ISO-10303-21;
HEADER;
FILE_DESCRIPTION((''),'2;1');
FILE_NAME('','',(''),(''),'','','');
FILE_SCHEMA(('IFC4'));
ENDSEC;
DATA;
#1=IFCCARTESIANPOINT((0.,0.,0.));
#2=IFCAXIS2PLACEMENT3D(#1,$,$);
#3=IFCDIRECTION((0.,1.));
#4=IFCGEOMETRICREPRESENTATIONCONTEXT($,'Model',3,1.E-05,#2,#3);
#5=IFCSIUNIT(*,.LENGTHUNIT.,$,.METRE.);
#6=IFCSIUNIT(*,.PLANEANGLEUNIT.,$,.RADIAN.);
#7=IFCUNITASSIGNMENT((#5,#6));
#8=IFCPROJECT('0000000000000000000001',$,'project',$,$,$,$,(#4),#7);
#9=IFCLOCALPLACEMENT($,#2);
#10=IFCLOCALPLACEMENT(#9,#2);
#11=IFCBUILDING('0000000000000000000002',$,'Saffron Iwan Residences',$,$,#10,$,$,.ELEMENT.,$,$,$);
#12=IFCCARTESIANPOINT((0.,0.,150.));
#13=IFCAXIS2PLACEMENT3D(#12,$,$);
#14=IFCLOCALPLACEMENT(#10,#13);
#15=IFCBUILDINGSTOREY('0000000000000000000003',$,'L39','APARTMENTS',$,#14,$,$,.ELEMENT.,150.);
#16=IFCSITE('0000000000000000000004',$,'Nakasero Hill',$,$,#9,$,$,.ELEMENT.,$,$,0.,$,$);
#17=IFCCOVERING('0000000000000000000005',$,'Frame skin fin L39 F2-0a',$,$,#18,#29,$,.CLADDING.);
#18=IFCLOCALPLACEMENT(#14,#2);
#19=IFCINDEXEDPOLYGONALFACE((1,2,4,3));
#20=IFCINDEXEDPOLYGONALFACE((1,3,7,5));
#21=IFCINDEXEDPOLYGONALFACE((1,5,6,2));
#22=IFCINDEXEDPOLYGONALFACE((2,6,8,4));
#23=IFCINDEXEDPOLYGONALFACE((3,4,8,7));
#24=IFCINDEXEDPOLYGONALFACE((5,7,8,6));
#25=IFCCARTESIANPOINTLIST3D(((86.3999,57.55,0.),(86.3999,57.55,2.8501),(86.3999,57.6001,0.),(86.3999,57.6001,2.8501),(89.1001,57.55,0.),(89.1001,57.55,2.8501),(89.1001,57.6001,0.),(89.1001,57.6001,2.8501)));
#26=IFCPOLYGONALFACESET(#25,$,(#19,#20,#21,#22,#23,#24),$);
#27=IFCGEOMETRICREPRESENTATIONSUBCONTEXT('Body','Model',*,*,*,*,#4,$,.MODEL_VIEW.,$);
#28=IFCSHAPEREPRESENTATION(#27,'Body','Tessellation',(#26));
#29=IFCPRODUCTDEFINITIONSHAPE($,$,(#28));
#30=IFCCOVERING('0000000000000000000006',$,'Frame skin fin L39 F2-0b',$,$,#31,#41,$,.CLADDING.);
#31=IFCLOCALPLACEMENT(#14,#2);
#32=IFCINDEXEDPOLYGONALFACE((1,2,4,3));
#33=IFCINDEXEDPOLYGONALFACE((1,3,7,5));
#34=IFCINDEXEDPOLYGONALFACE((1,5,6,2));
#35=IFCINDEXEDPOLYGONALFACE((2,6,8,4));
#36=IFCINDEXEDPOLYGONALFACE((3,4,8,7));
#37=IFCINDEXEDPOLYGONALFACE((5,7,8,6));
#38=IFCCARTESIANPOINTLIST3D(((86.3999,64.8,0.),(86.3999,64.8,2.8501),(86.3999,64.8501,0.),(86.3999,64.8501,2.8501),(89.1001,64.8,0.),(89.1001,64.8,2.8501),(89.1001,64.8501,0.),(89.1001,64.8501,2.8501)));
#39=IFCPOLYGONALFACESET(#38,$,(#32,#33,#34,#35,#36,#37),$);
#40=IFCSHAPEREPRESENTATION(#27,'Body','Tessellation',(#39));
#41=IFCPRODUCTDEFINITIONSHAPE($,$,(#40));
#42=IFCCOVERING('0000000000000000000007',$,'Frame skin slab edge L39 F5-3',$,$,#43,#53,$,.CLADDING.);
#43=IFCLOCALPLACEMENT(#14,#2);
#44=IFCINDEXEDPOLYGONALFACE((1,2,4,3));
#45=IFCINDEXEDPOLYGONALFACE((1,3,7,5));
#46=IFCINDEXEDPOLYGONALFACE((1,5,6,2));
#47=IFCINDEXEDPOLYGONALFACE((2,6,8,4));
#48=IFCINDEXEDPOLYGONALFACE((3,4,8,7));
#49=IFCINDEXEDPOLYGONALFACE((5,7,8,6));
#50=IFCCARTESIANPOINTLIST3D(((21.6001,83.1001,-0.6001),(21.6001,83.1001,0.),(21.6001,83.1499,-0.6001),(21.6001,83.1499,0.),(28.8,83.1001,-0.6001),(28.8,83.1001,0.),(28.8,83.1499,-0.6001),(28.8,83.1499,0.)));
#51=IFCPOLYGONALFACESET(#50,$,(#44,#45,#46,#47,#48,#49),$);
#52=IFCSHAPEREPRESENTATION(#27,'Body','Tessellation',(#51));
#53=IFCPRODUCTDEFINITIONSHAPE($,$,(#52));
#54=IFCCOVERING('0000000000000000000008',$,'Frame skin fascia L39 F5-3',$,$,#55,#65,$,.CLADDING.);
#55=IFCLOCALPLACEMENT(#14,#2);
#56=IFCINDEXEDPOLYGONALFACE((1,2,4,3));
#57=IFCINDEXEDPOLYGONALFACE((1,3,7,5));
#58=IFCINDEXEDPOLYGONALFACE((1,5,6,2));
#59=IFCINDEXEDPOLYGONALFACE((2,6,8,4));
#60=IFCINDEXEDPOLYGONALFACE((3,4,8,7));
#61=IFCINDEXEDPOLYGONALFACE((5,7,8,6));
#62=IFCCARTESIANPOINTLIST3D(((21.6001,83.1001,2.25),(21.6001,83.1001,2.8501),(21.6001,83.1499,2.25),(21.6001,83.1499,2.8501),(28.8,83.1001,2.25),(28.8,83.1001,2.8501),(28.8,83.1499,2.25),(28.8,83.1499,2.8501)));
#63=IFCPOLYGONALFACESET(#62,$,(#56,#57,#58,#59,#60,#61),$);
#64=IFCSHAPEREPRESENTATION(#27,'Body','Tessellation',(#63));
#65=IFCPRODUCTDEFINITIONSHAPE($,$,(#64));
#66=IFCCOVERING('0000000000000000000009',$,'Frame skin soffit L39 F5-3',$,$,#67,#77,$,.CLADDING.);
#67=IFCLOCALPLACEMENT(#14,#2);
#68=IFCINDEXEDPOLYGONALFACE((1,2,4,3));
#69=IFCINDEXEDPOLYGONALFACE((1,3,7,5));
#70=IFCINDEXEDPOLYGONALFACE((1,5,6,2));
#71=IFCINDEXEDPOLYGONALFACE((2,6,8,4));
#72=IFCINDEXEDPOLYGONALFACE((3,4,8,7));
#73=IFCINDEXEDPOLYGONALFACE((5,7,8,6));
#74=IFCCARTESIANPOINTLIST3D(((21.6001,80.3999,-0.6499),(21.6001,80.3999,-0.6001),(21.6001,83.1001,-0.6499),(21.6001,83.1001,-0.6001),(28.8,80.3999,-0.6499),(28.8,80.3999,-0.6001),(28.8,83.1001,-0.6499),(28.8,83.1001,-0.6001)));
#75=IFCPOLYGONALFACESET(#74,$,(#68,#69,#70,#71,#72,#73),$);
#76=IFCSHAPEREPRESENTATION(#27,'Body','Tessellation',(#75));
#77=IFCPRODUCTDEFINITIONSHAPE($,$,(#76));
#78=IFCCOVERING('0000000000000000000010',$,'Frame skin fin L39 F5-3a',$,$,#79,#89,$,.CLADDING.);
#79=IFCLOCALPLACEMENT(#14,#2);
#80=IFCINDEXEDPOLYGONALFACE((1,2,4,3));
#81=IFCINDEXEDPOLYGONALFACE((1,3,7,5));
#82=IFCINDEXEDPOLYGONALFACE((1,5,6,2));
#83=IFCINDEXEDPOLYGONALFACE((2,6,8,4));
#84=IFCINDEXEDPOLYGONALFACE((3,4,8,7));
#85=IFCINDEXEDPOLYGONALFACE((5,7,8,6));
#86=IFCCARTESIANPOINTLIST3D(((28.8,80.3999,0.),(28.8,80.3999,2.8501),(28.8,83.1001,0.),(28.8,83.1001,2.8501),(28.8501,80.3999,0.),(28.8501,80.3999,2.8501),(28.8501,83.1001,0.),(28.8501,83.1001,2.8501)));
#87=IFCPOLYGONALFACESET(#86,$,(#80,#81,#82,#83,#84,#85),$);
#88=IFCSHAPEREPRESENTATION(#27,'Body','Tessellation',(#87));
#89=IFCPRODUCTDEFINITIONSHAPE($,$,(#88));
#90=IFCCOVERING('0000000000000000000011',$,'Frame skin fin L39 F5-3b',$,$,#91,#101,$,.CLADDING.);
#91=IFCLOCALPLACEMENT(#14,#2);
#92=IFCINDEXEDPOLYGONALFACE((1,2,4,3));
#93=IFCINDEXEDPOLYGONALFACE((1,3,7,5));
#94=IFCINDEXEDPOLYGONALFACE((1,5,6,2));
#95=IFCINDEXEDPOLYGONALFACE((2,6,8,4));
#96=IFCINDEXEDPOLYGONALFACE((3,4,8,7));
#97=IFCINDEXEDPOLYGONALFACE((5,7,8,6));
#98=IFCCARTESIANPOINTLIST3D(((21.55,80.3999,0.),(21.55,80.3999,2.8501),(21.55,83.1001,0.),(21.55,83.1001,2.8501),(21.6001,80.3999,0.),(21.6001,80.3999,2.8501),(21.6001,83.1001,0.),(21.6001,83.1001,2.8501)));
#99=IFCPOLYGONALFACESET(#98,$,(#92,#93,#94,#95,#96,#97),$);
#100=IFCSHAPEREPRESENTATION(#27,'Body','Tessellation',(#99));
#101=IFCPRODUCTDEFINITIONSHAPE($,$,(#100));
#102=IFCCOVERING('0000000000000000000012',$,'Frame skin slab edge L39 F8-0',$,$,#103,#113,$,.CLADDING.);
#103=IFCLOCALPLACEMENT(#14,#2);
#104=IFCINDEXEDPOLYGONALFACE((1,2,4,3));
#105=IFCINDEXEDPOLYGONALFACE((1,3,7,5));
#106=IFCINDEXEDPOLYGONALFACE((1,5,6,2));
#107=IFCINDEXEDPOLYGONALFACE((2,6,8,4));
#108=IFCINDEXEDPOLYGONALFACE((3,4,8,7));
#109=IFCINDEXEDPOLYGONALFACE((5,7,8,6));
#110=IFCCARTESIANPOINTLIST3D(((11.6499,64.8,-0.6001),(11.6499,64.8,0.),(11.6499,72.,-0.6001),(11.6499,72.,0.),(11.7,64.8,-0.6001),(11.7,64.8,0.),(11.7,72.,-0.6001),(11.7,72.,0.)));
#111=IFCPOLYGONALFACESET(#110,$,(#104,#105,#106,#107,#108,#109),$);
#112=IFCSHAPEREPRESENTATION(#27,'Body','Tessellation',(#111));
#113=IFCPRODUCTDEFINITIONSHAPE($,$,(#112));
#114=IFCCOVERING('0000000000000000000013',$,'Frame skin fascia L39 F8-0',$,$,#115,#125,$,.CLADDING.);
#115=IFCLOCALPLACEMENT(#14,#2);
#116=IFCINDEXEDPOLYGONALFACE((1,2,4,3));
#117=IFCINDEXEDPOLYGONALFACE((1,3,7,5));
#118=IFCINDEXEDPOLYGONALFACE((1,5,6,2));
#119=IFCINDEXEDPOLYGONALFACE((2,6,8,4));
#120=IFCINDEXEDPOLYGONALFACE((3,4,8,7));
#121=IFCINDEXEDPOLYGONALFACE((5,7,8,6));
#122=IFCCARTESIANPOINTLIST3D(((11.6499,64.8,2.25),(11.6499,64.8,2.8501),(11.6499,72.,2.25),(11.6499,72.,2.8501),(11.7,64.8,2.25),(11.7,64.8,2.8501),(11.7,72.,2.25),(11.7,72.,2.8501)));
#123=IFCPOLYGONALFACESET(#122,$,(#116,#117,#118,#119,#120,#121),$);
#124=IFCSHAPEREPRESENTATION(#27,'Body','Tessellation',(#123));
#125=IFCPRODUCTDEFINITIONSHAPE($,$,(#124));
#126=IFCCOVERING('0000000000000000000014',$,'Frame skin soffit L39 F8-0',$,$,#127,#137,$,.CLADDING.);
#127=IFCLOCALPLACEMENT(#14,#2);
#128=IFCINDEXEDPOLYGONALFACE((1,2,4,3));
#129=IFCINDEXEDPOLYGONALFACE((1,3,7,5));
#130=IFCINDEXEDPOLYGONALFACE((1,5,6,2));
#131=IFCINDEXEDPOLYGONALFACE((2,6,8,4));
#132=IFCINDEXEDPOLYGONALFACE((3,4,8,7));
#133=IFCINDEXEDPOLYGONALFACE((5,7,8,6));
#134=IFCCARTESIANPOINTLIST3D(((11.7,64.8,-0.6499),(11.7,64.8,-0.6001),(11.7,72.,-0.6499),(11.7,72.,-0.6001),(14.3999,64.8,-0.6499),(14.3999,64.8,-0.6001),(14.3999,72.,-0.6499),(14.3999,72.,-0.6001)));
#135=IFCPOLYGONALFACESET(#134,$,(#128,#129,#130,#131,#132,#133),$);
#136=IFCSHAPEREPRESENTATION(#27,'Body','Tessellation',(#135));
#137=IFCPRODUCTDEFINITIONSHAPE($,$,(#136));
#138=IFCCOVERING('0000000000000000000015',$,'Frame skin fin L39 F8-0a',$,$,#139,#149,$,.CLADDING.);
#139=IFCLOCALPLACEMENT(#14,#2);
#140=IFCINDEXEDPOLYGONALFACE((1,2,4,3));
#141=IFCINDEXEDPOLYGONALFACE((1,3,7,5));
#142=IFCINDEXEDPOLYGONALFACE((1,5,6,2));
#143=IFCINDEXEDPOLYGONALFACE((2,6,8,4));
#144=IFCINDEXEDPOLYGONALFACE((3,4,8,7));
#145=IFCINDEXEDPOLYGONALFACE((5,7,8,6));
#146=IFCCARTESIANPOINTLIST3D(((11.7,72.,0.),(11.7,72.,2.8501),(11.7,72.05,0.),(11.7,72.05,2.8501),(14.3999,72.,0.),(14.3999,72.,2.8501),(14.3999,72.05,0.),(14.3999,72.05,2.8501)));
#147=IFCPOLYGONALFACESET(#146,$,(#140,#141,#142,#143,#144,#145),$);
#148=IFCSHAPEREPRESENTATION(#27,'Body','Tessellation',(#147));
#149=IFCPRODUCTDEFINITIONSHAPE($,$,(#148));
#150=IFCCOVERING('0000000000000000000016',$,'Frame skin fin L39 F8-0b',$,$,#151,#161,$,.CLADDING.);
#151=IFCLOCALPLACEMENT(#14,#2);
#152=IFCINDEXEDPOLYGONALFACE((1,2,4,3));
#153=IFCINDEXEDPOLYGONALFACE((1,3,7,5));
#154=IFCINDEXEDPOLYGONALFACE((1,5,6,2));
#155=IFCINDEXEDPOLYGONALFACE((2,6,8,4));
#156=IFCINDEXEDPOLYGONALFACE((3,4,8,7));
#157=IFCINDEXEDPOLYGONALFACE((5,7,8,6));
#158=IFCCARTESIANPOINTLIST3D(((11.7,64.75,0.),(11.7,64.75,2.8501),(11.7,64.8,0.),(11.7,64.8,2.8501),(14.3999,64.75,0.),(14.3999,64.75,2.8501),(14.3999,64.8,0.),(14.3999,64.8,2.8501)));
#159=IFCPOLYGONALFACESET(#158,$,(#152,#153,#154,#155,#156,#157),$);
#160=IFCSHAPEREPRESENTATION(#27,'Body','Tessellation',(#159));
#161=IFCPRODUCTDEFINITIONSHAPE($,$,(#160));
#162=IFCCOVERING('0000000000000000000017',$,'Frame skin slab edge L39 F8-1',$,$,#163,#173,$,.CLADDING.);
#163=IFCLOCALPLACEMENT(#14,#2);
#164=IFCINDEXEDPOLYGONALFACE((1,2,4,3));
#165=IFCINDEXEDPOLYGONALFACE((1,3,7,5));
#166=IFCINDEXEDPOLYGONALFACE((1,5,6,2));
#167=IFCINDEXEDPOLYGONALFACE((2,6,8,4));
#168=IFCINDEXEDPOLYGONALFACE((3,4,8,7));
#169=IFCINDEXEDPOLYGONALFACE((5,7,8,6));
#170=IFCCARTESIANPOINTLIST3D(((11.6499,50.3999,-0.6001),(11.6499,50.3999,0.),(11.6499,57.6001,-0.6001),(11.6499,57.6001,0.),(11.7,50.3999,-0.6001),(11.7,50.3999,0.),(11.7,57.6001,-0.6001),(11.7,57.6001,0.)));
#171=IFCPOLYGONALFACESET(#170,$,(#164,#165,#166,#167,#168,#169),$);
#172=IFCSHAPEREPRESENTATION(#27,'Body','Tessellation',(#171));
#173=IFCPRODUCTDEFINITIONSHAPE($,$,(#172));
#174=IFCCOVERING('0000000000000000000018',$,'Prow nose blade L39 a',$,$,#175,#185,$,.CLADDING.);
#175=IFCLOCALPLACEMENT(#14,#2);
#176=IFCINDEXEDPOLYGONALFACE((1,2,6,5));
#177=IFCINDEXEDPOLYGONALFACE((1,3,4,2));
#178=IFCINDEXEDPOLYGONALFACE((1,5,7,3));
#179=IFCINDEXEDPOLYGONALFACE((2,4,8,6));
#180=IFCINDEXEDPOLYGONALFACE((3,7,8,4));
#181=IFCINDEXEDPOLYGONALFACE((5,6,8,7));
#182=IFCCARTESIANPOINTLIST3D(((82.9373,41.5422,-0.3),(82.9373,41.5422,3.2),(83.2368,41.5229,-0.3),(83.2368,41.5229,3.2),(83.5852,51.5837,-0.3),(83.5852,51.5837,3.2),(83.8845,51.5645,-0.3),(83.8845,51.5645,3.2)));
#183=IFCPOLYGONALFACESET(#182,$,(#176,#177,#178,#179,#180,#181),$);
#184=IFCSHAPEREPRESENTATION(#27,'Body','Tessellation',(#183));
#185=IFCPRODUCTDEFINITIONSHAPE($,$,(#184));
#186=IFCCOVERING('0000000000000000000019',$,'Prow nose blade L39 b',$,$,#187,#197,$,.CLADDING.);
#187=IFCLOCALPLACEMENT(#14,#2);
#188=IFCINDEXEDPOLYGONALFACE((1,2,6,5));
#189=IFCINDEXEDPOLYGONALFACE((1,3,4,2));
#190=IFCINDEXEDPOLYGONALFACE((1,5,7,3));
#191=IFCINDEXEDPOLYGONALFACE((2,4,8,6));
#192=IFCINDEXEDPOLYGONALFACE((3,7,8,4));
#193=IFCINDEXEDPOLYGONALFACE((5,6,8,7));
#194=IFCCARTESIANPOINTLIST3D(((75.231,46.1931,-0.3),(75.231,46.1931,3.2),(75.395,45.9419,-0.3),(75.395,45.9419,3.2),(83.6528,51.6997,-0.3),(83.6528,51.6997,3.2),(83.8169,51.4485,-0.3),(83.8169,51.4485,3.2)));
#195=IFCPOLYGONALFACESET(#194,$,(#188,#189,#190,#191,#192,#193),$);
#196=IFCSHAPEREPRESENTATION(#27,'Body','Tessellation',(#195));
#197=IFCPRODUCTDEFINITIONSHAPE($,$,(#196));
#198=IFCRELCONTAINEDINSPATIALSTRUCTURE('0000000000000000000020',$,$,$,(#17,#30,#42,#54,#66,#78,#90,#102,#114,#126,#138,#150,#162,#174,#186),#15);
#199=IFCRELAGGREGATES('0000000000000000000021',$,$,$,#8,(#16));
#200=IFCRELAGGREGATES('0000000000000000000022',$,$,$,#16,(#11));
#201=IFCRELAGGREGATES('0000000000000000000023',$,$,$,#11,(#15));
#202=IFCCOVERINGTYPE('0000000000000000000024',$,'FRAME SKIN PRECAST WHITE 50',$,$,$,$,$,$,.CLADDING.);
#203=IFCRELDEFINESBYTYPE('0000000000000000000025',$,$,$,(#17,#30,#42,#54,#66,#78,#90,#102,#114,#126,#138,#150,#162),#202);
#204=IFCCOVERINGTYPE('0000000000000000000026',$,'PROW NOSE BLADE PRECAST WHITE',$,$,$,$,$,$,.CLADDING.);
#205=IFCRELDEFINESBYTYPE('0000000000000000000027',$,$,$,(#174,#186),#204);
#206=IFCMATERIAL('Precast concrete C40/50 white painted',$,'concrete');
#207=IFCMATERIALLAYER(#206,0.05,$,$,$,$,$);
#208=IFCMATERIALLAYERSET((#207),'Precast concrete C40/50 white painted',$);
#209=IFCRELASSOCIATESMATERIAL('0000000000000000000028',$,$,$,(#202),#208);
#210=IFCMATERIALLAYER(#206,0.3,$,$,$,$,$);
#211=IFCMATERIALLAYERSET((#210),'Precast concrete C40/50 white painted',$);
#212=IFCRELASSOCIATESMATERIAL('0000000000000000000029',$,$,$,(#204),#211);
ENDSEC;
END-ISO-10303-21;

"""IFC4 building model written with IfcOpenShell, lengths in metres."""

from ifc_helpers import new_model, si_unit, direction, frame, origin, place, context, subcontext, project, spatial, polyline, outline, extrude, material, layer, layer_set, type_object, element, save


model = new_model("IFC4")

# Units and contexts
model_context = context("Model", 3, precision=1e-05, world=origin(), true_north=direction((0.0, 1.0)))
body_context = subcontext(model_context, "Body", "Model", "MODEL_VIEW")
ifc_project = project(units=[si_unit("LENGTHUNIT", "METRE"), si_unit("PLANEANGLEUNIT", "RADIAN")], contexts=[model_context])

# Site, building, storey
site_placement = place(None, origin())
site = spatial("IfcSite", under=ifc_project, at=site_placement, Name="Nakasero Hill", CompositionType="ELEMENT", RefElevation=0.0)
building_placement = place(site_placement, origin())
building = spatial("IfcBuilding", under=site, at=building_placement, Name="Saffron Iwan Residences", CompositionType="ELEMENT")
storey_placement = place(building_placement, frame((0.0, 0.0, 150.0)))
storey = spatial("IfcBuildingStorey", under=building, at=storey_placement, Name="L39", Description="APARTMENTS", CompositionType="ELEMENT", Elevation=150.0)

# Coverings
ifc_material_1 = material(Name="Precast concrete C40/50 white painted", Category="concrete")
ifc_layer_1 = layer(ifc_material_1, 0.05)
ifc_layer_set_1 = layer_set([ifc_layer_1], Name="Precast concrete C40/50 white painted")
covering_type_1 = type_object("IfcCoveringType", Name="FRAME SKIN PRECAST WHITE 50", PredefinedType="CLADDING", material=ifc_layer_set_1)
covering_1_placement = place(storey_placement, origin())
element("IfcCovering", 1, at=covering_1_placement, inside=storey, type_object=covering_type_1, Name="Frame skin fin L39 F2-0a", PredefinedType="CLADDING", context=body_context, shape_type="SweptSolid", body=[
    extrude(outline(polyline([(89.1001, 57.55), (89.1001, 57.6001), (86.3999, 57.6001), (86.3999, 57.55), (89.1001, 57.55)])), origin(), (0.0, 0.0, 1.0), 2.8501),
])
covering_2_placement = place(storey_placement, origin())
element("IfcCovering", 2, at=covering_2_placement, inside=storey, type_object=covering_type_1, Name="Frame skin fin L39 F2-0b", PredefinedType="CLADDING", context=body_context, shape_type="SweptSolid", body=[
    extrude(outline(polyline([(89.1001, 64.8), (89.1001, 64.8501), (86.3999, 64.8501), (86.3999, 64.8), (89.1001, 64.8)])), origin(), (0.0, 0.0, 1.0), 2.8501),
])
for number, where, name in (
    (3, (0.0, 0.0, -0.6001), "Frame skin slab edge L39 F5-3"),
    (4, (0.0, 0.0, 2.25), "Frame skin fascia L39 F5-3"),
):
    element("IfcCovering", number, at=place(storey_placement, frame(where)), inside=storey, type_object=covering_type_1, Name=name, PredefinedType="CLADDING", context=body_context, shape_type="SweptSolid", body=[
        extrude(outline(polyline([(28.8, 83.1499), (21.6001, 83.1499), (21.6001, 83.1001), (28.8, 83.1001), (28.8, 83.1499)])), origin(), (0.0, 0.0, 1.0), 0.6001),
    ])
covering_3_placement = place(storey_placement, frame((0.0, 0.0, -0.6499)))
element("IfcCovering", 5, at=covering_3_placement, inside=storey, type_object=covering_type_1, Name="Frame skin soffit L39 F5-3", PredefinedType="CLADDING", context=body_context, shape_type="SweptSolid", body=[
    extrude(outline(polyline([(28.8, 83.1001), (21.6001, 83.1001), (21.6001, 80.3999), (28.8, 80.3999), (28.8, 83.1001)])), origin(), (0.0, 0.0, 1.0), 0.0498),
])
covering_4_placement = place(storey_placement, origin())
element("IfcCovering", 6, at=covering_4_placement, inside=storey, type_object=covering_type_1, Name="Frame skin fin L39 F5-3a", PredefinedType="CLADDING", context=body_context, shape_type="SweptSolid", body=[
    extrude(outline(polyline([(28.8501, 83.1001), (28.8, 83.1001), (28.8, 80.3999), (28.8501, 80.3999), (28.8501, 83.1001)])), origin(), (0.0, 0.0, 1.0), 2.8501),
])
covering_5_placement = place(storey_placement, origin())
element("IfcCovering", 7, at=covering_5_placement, inside=storey, type_object=covering_type_1, Name="Frame skin fin L39 F5-3b", PredefinedType="CLADDING", context=body_context, shape_type="SweptSolid", body=[
    extrude(outline(polyline([(21.6001, 83.1001), (21.55, 83.1001), (21.55, 80.3999), (21.6001, 80.3999), (21.6001, 83.1001)])), origin(), (0.0, 0.0, 1.0), 2.8501),
])
for number, where, name in (
    (8, (0.0, 0.0, -0.6001), "Frame skin slab edge L39 F8-0"),
    (9, (0.0, 0.0, 2.25), "Frame skin fascia L39 F8-0"),
):
    element("IfcCovering", number, at=place(storey_placement, frame(where)), inside=storey, type_object=covering_type_1, Name=name, PredefinedType="CLADDING", context=body_context, shape_type="SweptSolid", body=[
        extrude(outline(polyline([(11.6499, 72.0), (11.6499, 64.8), (11.7, 64.8), (11.7, 72.0), (11.6499, 72.0)])), origin(), (0.0, 0.0, 1.0), 0.6001),
    ])
covering_6_placement = place(storey_placement, frame((0.0, 0.0, -0.6499)))
element("IfcCovering", 10, at=covering_6_placement, inside=storey, type_object=covering_type_1, Name="Frame skin soffit L39 F8-0", PredefinedType="CLADDING", context=body_context, shape_type="SweptSolid", body=[
    extrude(outline(polyline([(11.7, 72.0), (11.7, 64.8), (14.3999, 64.8), (14.3999, 72.0), (11.7, 72.0)])), origin(), (0.0, 0.0, 1.0), 0.0498),
])
covering_7_placement = place(storey_placement, origin())
element("IfcCovering", 11, at=covering_7_placement, inside=storey, type_object=covering_type_1, Name="Frame skin fin L39 F8-0a", PredefinedType="CLADDING", context=body_context, shape_type="SweptSolid", body=[
    extrude(outline(polyline([(11.7, 72.05), (11.7, 72.0), (14.3999, 72.0), (14.3999, 72.05), (11.7, 72.05)])), origin(), (0.0, 0.0, 1.0), 2.8501),
])
covering_8_placement = place(storey_placement, origin())
element("IfcCovering", 12, at=covering_8_placement, inside=storey, type_object=covering_type_1, Name="Frame skin fin L39 F8-0b", PredefinedType="CLADDING", context=body_context, shape_type="SweptSolid", body=[
    extrude(outline(polyline([(11.7, 64.8), (11.7, 64.75), (14.3999, 64.75), (14.3999, 64.8), (11.7, 64.8)])), origin(), (0.0, 0.0, 1.0), 2.8501),
])
covering_9_placement = place(storey_placement, frame((0.0, 0.0, -0.6001)))
element("IfcCovering", 13, at=covering_9_placement, inside=storey, type_object=covering_type_1, Name="Frame skin slab edge L39 F8-1", PredefinedType="CLADDING", context=body_context, shape_type="SweptSolid", body=[
    extrude(outline(polyline([(11.6499, 57.6001), (11.6499, 50.3999), (11.7, 50.3999), (11.7, 57.6001), (11.6499, 57.6001)])), origin(), (0.0, 0.0, 1.0), 0.6001),
])
ifc_layer_2 = layer(ifc_material_1, 0.3)
ifc_layer_set_2 = layer_set([ifc_layer_2], Name="Precast concrete C40/50 white painted")
covering_type_2 = type_object("IfcCoveringType", Name="PROW NOSE BLADE PRECAST WHITE", PredefinedType="CLADDING", material=ifc_layer_set_2)
covering_10_placement = place(storey_placement, frame((0.0, 0.0, -0.3)))
element("IfcCovering", 14, at=covering_10_placement, inside=storey, type_object=covering_type_2, Name="Prow nose blade L39 a", PredefinedType="CLADDING", context=body_context, shape_type="SweptSolid", body=[
    extrude(outline(polyline([(83.2368, 41.5229), (83.8845, 51.5645), (83.5852, 51.5837), (82.9373, 41.5422), (83.2368, 41.5229)])), origin(), (0.0, 0.0, 1.0), 3.5),
])
covering_11_placement = place(storey_placement, frame((0.0, 0.0, -0.3)))
element("IfcCovering", 15, at=covering_11_placement, inside=storey, type_object=covering_type_2, Name="Prow nose blade L39 b", PredefinedType="CLADDING", context=body_context, shape_type="SweptSolid", body=[
    extrude(outline(polyline([(75.395, 45.9419), (83.8169, 51.4485), (83.6528, 51.6997), (75.231, 46.1931), (75.395, 45.9419)])), origin(), (0.0, 0.0, 1.0), 3.5),
])

save(model, "model.ifc")
